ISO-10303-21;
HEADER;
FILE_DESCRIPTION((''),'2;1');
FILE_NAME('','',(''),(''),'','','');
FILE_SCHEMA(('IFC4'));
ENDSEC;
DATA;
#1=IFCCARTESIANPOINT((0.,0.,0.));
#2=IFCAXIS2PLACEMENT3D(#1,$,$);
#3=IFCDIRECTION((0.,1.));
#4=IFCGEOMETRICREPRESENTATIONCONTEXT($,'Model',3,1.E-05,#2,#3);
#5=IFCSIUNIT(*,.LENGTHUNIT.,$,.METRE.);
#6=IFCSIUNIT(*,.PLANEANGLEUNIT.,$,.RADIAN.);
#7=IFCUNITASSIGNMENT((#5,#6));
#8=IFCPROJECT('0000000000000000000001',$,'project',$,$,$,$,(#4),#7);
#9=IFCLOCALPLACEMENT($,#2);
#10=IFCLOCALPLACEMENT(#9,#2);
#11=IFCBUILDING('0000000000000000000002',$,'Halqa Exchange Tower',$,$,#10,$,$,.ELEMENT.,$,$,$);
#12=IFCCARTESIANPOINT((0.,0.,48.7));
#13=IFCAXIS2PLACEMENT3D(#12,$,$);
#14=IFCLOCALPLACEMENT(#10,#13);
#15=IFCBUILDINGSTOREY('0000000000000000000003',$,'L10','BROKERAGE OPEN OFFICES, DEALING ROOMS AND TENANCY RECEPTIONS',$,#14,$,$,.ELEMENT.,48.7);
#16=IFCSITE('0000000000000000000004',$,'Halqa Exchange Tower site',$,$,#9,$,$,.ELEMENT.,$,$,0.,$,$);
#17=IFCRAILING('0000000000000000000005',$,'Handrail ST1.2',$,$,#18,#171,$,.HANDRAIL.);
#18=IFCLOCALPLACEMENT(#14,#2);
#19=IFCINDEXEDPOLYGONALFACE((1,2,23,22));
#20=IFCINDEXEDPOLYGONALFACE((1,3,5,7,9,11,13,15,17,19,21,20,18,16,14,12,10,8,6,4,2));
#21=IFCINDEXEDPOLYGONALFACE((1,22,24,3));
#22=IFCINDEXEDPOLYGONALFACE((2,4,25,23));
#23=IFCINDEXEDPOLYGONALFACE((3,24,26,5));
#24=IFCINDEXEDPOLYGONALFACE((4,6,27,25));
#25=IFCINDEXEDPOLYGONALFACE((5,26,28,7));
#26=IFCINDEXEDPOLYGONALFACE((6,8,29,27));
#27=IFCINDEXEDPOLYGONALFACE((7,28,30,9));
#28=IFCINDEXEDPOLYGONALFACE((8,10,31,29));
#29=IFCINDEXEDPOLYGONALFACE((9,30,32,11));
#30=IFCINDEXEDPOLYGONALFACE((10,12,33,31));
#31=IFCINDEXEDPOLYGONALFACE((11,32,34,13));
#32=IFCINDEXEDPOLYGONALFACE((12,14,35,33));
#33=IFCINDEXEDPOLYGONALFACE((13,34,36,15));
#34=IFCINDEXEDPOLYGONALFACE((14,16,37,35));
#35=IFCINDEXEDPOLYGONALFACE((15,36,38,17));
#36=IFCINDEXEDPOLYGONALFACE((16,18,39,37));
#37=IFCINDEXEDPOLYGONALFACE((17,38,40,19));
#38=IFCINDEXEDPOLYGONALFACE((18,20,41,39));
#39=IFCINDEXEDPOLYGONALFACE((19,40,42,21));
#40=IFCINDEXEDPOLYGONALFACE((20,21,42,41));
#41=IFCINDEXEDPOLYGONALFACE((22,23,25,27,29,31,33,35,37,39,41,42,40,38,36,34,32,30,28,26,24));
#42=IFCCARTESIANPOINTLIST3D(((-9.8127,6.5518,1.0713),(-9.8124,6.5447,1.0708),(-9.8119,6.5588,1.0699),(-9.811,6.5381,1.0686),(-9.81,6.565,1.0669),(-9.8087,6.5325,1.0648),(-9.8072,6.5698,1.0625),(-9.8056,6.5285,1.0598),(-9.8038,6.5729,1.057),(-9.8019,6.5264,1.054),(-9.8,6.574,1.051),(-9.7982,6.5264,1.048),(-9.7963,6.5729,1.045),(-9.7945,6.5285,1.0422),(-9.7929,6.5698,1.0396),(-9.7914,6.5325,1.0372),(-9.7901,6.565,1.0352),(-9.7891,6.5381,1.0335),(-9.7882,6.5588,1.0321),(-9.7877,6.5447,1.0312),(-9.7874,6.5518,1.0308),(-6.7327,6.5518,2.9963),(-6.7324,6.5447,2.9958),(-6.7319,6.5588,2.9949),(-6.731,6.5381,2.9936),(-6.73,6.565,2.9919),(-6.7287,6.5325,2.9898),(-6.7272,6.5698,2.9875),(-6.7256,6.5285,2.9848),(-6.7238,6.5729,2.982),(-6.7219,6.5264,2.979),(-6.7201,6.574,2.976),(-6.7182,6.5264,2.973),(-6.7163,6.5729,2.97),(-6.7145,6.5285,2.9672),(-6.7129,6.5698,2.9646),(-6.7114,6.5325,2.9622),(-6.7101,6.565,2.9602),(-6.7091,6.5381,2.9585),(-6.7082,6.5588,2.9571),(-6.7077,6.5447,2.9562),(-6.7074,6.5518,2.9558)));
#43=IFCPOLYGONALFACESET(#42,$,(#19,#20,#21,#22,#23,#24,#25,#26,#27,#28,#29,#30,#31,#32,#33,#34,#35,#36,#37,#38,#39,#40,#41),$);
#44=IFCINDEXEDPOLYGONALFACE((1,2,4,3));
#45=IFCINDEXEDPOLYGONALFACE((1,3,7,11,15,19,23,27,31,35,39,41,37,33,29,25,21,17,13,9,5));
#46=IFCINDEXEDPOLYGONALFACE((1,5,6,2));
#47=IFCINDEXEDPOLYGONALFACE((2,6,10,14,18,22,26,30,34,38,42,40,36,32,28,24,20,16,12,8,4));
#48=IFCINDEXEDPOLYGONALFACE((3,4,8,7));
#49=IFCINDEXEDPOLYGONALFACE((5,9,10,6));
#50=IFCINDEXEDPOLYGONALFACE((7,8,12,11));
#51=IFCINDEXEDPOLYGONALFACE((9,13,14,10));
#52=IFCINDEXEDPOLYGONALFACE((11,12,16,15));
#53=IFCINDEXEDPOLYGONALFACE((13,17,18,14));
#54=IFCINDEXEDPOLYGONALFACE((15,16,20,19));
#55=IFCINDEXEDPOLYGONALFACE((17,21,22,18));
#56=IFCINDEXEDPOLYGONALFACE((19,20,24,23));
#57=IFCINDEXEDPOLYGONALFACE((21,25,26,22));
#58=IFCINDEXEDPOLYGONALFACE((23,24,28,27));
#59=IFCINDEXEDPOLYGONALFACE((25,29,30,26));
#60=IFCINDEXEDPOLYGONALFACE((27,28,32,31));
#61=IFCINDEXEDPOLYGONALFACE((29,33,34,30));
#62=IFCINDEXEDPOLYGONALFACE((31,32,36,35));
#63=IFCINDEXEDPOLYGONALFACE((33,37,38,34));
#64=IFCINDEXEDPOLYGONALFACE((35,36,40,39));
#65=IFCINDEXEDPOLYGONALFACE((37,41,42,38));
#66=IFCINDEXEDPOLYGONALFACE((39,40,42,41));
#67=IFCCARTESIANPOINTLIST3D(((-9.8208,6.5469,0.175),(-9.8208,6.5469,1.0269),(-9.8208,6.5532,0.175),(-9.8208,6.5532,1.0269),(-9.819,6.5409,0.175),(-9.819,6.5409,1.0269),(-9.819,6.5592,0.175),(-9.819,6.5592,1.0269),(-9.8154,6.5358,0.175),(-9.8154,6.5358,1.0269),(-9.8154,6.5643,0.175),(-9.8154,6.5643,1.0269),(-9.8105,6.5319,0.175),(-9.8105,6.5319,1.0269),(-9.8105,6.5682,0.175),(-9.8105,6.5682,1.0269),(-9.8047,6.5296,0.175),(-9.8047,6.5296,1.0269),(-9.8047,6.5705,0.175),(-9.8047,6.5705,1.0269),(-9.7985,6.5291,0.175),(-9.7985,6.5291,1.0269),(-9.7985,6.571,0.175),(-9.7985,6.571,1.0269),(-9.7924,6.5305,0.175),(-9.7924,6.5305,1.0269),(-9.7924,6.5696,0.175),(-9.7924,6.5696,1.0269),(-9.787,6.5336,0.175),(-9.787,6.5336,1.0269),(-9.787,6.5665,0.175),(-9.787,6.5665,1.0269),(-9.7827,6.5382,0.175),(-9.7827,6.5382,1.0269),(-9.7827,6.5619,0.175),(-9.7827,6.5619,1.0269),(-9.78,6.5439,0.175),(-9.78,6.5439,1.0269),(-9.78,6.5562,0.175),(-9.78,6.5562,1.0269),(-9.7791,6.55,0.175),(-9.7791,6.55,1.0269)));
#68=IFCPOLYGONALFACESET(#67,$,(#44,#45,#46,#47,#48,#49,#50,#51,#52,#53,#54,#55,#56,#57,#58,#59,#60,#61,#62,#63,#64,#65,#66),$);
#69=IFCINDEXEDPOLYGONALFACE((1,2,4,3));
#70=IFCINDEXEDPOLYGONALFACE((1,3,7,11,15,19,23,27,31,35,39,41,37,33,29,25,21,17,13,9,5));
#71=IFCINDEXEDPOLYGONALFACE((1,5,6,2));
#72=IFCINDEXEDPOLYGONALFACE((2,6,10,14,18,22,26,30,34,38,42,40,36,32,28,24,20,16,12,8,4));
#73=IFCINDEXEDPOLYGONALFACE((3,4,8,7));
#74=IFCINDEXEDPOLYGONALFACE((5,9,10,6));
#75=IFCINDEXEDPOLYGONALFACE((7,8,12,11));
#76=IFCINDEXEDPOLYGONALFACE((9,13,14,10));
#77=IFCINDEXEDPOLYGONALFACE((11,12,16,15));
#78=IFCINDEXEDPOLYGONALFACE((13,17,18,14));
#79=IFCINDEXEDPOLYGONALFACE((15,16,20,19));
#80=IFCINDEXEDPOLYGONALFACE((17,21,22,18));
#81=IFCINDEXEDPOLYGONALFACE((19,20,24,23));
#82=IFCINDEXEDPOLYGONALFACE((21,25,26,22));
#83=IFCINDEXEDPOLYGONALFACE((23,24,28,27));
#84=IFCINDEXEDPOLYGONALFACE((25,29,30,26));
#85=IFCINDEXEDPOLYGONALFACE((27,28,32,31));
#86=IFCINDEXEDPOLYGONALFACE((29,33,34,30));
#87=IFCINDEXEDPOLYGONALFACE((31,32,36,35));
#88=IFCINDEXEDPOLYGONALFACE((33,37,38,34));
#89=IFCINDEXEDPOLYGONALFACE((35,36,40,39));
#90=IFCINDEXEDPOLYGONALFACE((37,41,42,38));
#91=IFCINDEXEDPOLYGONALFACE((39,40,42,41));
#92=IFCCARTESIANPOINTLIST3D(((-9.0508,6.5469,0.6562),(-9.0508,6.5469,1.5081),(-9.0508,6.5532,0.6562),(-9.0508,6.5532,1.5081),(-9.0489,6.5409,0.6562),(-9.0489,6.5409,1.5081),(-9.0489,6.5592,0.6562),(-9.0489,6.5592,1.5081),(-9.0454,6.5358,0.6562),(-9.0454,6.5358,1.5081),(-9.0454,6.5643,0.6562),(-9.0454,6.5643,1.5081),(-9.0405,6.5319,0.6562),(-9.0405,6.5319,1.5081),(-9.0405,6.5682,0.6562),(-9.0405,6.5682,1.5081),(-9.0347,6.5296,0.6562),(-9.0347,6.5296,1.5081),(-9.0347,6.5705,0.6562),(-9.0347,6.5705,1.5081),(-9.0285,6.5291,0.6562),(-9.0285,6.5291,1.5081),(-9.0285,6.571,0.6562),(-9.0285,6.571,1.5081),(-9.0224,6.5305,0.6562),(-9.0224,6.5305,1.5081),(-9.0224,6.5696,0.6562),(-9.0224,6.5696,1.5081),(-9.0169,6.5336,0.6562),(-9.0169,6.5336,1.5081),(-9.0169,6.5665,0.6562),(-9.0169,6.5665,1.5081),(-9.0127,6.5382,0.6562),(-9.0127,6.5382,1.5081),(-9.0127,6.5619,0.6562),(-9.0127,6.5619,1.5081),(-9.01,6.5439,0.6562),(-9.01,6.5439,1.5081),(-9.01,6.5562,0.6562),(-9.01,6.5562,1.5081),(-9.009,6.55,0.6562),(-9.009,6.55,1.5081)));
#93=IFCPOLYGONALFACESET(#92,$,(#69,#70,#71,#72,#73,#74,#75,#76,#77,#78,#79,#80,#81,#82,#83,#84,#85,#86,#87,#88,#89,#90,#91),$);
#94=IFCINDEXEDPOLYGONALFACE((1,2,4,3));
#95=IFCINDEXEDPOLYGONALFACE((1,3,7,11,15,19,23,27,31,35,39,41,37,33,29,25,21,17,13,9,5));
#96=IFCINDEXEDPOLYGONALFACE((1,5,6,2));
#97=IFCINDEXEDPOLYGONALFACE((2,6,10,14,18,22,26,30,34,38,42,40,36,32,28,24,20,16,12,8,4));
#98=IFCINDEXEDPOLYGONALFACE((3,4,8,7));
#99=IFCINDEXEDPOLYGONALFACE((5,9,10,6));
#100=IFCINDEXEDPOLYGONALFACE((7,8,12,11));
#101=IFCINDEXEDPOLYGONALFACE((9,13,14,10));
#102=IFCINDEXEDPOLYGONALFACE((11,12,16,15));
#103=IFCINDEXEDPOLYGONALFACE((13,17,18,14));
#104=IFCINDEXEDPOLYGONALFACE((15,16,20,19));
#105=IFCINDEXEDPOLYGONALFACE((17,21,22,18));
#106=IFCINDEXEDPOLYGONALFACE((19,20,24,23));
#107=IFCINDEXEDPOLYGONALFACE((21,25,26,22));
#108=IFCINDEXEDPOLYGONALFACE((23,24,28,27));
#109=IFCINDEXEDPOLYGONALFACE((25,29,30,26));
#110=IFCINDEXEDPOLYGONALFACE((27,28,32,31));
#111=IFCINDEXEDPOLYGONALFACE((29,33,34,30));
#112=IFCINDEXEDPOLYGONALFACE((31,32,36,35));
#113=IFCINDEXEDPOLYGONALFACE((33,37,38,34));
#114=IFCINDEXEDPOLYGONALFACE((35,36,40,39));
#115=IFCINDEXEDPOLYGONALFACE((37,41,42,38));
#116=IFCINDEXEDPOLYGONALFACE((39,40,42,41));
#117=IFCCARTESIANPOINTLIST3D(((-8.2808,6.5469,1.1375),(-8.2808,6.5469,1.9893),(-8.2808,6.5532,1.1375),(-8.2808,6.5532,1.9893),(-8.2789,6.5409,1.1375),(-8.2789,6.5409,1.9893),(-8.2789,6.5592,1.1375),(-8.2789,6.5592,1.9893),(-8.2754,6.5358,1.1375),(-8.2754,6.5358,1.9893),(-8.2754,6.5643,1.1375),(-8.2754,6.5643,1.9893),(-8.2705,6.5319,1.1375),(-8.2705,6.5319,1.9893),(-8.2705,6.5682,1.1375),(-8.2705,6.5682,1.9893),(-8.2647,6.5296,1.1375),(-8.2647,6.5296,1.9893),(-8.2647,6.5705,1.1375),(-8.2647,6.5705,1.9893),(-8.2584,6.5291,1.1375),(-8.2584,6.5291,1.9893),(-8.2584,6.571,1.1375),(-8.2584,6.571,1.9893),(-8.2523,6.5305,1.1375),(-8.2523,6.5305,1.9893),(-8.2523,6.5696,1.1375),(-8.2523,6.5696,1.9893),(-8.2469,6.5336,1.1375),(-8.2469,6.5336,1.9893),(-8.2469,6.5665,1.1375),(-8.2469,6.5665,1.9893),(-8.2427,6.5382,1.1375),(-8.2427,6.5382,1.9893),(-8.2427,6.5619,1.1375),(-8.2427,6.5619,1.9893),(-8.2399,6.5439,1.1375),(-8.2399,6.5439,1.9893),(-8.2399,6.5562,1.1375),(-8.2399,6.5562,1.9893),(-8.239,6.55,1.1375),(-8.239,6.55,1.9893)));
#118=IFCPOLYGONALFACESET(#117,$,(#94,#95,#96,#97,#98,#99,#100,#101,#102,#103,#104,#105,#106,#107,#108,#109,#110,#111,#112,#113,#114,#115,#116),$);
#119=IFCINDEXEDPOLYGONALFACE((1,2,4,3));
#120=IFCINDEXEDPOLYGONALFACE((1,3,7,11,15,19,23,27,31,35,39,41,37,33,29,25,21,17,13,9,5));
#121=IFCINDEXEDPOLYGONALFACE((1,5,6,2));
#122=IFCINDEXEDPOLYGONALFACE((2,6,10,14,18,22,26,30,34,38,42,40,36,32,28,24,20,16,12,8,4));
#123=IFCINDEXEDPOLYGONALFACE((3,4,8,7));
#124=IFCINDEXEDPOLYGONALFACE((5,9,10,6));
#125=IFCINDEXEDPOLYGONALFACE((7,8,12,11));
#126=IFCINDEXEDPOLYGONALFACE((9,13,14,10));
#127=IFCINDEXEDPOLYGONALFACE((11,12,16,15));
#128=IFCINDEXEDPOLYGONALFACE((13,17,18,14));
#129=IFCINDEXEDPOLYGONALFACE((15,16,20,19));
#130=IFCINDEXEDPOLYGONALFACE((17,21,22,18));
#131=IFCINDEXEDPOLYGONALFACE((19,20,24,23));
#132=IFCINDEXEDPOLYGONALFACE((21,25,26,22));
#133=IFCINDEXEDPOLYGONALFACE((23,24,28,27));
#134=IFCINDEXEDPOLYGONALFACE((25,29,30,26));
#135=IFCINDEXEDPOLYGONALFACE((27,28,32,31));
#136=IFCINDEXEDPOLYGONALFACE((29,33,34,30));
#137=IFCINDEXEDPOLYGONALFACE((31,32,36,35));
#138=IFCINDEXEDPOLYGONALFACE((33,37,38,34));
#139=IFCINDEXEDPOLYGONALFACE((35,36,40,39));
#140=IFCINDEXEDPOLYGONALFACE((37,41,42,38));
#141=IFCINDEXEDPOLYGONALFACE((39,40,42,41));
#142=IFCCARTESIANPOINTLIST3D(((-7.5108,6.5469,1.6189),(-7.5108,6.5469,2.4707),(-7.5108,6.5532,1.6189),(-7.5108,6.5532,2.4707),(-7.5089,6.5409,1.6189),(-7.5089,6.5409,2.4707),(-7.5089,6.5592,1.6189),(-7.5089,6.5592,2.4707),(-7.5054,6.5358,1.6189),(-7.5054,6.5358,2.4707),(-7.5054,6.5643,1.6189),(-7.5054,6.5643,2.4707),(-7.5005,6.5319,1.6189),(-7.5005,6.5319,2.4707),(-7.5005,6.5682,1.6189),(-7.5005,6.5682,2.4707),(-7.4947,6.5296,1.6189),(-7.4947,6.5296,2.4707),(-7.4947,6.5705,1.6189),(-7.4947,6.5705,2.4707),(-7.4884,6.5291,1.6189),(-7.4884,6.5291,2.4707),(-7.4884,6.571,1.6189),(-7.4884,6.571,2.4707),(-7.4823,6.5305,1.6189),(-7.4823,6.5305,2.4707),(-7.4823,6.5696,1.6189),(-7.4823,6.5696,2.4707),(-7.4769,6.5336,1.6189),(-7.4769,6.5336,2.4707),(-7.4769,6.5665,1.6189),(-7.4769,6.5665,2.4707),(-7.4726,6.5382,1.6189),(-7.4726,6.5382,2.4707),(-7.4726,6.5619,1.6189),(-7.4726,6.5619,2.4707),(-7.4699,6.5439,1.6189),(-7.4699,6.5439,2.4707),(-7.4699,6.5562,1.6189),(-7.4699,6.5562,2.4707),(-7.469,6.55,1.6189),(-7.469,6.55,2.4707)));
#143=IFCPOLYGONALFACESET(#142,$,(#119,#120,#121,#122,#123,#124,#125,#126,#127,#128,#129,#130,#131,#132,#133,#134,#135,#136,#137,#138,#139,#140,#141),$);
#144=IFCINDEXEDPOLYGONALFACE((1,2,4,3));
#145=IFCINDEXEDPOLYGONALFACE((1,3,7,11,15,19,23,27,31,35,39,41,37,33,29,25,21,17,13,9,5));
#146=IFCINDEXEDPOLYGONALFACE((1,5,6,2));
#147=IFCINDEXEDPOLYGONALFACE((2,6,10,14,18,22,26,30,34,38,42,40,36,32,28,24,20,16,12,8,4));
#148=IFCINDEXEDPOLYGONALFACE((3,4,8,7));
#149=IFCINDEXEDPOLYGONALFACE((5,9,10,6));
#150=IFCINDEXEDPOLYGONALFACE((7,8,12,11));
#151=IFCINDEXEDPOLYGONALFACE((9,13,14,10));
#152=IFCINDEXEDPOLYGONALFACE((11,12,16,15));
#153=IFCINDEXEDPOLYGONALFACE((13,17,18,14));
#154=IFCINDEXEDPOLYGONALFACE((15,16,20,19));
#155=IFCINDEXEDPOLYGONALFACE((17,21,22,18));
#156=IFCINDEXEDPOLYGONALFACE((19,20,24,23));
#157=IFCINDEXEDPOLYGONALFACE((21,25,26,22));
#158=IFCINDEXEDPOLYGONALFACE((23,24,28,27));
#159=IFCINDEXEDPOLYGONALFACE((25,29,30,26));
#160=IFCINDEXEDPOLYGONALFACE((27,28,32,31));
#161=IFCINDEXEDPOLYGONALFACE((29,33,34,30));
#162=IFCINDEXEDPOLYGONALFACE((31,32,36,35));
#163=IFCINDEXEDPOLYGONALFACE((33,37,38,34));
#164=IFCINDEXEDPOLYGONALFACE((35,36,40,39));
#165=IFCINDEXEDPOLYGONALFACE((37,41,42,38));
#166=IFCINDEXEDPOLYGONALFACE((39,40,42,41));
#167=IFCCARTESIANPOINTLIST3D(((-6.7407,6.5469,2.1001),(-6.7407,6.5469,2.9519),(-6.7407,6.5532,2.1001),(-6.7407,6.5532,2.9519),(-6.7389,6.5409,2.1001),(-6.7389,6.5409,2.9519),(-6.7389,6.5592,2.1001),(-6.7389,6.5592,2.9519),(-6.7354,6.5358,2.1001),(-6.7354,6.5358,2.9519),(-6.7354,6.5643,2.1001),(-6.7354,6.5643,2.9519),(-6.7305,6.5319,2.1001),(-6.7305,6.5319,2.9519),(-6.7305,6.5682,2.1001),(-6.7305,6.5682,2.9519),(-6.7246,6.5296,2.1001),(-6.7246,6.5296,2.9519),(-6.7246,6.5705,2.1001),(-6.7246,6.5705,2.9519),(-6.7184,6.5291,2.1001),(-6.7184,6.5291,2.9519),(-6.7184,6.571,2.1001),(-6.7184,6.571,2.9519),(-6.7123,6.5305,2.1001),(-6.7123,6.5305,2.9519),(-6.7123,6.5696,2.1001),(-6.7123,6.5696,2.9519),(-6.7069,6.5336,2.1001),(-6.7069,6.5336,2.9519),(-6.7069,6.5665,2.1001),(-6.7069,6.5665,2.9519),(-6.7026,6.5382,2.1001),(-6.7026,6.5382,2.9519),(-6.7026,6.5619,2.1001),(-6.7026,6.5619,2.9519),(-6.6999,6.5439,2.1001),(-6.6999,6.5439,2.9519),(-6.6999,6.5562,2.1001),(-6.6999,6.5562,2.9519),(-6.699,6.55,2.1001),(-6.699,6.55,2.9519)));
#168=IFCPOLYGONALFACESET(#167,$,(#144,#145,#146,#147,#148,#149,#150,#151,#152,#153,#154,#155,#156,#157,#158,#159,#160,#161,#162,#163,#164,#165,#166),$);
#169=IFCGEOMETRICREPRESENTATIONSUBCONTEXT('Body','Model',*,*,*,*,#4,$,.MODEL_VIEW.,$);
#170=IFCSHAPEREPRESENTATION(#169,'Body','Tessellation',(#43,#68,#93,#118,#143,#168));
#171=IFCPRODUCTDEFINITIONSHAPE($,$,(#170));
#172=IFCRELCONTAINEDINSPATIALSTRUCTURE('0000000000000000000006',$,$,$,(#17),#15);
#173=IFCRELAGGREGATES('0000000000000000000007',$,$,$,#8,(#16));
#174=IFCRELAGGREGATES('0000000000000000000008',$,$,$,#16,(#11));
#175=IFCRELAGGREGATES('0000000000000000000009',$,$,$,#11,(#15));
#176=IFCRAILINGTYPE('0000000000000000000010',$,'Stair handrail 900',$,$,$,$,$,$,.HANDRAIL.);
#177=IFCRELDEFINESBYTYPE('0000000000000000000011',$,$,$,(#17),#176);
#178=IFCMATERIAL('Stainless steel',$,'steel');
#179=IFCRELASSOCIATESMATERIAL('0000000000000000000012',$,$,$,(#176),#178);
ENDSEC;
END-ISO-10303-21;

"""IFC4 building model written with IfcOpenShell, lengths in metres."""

from ifc_helpers import new_model, si_unit, direction, frame, origin, origin_2d, place, context, subcontext, project, spatial, circle, extrude, material, type_object, element, save


model = new_model("IFC4")

# Units and contexts
model_context = context("Model", 3, precision=1e-05, world=origin(), true_north=direction((0.0, 1.0)))
body_context = subcontext(model_context, "Body", "Model", "MODEL_VIEW")
ifc_project = project(units=[si_unit("LENGTHUNIT", "METRE"), si_unit("PLANEANGLEUNIT", "RADIAN")], contexts=[model_context])

# Site, building, storey
site_placement = place(None, origin())
site = spatial("IfcSite", under=ifc_project, at=site_placement, Name="Halqa Exchange Tower site", CompositionType="ELEMENT", RefElevation=0.0)
building_placement = place(site_placement, origin())
building = spatial("IfcBuilding", under=site, at=building_placement, Name="Halqa Exchange Tower", CompositionType="ELEMENT")
storey_placement = place(building_placement, frame((0.0, 0.0, 48.7)))
storey = spatial("IfcBuildingStorey", under=building, at=storey_placement, Name="L10", Description="BROKERAGE OPEN OFFICES, DEALING ROOMS AND TENANCY RECEPTIONS", CompositionType="ELEMENT", Elevation=48.7)

# Shared definitions
ifc_material_1 = material(Name="Stainless steel", Category="steel")

# Railing
railing_type_1 = type_object("IfcRailingType", Name="Stair handrail 900", PredefinedType="HANDRAIL", material=ifc_material_1)
railing_1_placement = place(storey_placement, frame((-9.8, 6.55, 0.175)))
element("IfcRailing", 1, at=railing_1_placement, inside=storey, type_object=railing_type_1, Name="Handrail ST1.2", PredefinedType="HANDRAIL", context=body_context, shape_type="SweptSolid", body=[
    extrude(circle(Radius=0.0239, at=origin_2d()), frame((0.0, 0.0, 0.876), z_axis=(0.847998, 0.0, 0.529999), x_axis=(0.0, 1.0, 0.0)), (0.0, 0.0, 1.0), 3.6321),
    extrude(circle(Radius=0.021, at=origin_2d()), origin(), (0.0, 0.0, 1.0), 0.8518),
    extrude(circle(Radius=0.021, at=origin_2d()), frame((0.77, 0.0, 0.4812)), (0.0, 0.0, 1.0), 0.8518),
    extrude(circle(Radius=0.021, at=origin_2d()), frame((1.54, 0.0, 0.9624)), (0.0, 0.0, 1.0), 0.8518),
    extrude(circle(Radius=0.021, at=origin_2d()), frame((2.3101, 0.0, 1.4438)), (0.0, 0.0, 1.0), 0.8518),
    extrude(circle(Radius=0.021, at=origin_2d()), frame((3.0801, 0.0, 1.925)), (0.0, 0.0, 1.0), 0.8518),
])

save(model, "model.ifc")
